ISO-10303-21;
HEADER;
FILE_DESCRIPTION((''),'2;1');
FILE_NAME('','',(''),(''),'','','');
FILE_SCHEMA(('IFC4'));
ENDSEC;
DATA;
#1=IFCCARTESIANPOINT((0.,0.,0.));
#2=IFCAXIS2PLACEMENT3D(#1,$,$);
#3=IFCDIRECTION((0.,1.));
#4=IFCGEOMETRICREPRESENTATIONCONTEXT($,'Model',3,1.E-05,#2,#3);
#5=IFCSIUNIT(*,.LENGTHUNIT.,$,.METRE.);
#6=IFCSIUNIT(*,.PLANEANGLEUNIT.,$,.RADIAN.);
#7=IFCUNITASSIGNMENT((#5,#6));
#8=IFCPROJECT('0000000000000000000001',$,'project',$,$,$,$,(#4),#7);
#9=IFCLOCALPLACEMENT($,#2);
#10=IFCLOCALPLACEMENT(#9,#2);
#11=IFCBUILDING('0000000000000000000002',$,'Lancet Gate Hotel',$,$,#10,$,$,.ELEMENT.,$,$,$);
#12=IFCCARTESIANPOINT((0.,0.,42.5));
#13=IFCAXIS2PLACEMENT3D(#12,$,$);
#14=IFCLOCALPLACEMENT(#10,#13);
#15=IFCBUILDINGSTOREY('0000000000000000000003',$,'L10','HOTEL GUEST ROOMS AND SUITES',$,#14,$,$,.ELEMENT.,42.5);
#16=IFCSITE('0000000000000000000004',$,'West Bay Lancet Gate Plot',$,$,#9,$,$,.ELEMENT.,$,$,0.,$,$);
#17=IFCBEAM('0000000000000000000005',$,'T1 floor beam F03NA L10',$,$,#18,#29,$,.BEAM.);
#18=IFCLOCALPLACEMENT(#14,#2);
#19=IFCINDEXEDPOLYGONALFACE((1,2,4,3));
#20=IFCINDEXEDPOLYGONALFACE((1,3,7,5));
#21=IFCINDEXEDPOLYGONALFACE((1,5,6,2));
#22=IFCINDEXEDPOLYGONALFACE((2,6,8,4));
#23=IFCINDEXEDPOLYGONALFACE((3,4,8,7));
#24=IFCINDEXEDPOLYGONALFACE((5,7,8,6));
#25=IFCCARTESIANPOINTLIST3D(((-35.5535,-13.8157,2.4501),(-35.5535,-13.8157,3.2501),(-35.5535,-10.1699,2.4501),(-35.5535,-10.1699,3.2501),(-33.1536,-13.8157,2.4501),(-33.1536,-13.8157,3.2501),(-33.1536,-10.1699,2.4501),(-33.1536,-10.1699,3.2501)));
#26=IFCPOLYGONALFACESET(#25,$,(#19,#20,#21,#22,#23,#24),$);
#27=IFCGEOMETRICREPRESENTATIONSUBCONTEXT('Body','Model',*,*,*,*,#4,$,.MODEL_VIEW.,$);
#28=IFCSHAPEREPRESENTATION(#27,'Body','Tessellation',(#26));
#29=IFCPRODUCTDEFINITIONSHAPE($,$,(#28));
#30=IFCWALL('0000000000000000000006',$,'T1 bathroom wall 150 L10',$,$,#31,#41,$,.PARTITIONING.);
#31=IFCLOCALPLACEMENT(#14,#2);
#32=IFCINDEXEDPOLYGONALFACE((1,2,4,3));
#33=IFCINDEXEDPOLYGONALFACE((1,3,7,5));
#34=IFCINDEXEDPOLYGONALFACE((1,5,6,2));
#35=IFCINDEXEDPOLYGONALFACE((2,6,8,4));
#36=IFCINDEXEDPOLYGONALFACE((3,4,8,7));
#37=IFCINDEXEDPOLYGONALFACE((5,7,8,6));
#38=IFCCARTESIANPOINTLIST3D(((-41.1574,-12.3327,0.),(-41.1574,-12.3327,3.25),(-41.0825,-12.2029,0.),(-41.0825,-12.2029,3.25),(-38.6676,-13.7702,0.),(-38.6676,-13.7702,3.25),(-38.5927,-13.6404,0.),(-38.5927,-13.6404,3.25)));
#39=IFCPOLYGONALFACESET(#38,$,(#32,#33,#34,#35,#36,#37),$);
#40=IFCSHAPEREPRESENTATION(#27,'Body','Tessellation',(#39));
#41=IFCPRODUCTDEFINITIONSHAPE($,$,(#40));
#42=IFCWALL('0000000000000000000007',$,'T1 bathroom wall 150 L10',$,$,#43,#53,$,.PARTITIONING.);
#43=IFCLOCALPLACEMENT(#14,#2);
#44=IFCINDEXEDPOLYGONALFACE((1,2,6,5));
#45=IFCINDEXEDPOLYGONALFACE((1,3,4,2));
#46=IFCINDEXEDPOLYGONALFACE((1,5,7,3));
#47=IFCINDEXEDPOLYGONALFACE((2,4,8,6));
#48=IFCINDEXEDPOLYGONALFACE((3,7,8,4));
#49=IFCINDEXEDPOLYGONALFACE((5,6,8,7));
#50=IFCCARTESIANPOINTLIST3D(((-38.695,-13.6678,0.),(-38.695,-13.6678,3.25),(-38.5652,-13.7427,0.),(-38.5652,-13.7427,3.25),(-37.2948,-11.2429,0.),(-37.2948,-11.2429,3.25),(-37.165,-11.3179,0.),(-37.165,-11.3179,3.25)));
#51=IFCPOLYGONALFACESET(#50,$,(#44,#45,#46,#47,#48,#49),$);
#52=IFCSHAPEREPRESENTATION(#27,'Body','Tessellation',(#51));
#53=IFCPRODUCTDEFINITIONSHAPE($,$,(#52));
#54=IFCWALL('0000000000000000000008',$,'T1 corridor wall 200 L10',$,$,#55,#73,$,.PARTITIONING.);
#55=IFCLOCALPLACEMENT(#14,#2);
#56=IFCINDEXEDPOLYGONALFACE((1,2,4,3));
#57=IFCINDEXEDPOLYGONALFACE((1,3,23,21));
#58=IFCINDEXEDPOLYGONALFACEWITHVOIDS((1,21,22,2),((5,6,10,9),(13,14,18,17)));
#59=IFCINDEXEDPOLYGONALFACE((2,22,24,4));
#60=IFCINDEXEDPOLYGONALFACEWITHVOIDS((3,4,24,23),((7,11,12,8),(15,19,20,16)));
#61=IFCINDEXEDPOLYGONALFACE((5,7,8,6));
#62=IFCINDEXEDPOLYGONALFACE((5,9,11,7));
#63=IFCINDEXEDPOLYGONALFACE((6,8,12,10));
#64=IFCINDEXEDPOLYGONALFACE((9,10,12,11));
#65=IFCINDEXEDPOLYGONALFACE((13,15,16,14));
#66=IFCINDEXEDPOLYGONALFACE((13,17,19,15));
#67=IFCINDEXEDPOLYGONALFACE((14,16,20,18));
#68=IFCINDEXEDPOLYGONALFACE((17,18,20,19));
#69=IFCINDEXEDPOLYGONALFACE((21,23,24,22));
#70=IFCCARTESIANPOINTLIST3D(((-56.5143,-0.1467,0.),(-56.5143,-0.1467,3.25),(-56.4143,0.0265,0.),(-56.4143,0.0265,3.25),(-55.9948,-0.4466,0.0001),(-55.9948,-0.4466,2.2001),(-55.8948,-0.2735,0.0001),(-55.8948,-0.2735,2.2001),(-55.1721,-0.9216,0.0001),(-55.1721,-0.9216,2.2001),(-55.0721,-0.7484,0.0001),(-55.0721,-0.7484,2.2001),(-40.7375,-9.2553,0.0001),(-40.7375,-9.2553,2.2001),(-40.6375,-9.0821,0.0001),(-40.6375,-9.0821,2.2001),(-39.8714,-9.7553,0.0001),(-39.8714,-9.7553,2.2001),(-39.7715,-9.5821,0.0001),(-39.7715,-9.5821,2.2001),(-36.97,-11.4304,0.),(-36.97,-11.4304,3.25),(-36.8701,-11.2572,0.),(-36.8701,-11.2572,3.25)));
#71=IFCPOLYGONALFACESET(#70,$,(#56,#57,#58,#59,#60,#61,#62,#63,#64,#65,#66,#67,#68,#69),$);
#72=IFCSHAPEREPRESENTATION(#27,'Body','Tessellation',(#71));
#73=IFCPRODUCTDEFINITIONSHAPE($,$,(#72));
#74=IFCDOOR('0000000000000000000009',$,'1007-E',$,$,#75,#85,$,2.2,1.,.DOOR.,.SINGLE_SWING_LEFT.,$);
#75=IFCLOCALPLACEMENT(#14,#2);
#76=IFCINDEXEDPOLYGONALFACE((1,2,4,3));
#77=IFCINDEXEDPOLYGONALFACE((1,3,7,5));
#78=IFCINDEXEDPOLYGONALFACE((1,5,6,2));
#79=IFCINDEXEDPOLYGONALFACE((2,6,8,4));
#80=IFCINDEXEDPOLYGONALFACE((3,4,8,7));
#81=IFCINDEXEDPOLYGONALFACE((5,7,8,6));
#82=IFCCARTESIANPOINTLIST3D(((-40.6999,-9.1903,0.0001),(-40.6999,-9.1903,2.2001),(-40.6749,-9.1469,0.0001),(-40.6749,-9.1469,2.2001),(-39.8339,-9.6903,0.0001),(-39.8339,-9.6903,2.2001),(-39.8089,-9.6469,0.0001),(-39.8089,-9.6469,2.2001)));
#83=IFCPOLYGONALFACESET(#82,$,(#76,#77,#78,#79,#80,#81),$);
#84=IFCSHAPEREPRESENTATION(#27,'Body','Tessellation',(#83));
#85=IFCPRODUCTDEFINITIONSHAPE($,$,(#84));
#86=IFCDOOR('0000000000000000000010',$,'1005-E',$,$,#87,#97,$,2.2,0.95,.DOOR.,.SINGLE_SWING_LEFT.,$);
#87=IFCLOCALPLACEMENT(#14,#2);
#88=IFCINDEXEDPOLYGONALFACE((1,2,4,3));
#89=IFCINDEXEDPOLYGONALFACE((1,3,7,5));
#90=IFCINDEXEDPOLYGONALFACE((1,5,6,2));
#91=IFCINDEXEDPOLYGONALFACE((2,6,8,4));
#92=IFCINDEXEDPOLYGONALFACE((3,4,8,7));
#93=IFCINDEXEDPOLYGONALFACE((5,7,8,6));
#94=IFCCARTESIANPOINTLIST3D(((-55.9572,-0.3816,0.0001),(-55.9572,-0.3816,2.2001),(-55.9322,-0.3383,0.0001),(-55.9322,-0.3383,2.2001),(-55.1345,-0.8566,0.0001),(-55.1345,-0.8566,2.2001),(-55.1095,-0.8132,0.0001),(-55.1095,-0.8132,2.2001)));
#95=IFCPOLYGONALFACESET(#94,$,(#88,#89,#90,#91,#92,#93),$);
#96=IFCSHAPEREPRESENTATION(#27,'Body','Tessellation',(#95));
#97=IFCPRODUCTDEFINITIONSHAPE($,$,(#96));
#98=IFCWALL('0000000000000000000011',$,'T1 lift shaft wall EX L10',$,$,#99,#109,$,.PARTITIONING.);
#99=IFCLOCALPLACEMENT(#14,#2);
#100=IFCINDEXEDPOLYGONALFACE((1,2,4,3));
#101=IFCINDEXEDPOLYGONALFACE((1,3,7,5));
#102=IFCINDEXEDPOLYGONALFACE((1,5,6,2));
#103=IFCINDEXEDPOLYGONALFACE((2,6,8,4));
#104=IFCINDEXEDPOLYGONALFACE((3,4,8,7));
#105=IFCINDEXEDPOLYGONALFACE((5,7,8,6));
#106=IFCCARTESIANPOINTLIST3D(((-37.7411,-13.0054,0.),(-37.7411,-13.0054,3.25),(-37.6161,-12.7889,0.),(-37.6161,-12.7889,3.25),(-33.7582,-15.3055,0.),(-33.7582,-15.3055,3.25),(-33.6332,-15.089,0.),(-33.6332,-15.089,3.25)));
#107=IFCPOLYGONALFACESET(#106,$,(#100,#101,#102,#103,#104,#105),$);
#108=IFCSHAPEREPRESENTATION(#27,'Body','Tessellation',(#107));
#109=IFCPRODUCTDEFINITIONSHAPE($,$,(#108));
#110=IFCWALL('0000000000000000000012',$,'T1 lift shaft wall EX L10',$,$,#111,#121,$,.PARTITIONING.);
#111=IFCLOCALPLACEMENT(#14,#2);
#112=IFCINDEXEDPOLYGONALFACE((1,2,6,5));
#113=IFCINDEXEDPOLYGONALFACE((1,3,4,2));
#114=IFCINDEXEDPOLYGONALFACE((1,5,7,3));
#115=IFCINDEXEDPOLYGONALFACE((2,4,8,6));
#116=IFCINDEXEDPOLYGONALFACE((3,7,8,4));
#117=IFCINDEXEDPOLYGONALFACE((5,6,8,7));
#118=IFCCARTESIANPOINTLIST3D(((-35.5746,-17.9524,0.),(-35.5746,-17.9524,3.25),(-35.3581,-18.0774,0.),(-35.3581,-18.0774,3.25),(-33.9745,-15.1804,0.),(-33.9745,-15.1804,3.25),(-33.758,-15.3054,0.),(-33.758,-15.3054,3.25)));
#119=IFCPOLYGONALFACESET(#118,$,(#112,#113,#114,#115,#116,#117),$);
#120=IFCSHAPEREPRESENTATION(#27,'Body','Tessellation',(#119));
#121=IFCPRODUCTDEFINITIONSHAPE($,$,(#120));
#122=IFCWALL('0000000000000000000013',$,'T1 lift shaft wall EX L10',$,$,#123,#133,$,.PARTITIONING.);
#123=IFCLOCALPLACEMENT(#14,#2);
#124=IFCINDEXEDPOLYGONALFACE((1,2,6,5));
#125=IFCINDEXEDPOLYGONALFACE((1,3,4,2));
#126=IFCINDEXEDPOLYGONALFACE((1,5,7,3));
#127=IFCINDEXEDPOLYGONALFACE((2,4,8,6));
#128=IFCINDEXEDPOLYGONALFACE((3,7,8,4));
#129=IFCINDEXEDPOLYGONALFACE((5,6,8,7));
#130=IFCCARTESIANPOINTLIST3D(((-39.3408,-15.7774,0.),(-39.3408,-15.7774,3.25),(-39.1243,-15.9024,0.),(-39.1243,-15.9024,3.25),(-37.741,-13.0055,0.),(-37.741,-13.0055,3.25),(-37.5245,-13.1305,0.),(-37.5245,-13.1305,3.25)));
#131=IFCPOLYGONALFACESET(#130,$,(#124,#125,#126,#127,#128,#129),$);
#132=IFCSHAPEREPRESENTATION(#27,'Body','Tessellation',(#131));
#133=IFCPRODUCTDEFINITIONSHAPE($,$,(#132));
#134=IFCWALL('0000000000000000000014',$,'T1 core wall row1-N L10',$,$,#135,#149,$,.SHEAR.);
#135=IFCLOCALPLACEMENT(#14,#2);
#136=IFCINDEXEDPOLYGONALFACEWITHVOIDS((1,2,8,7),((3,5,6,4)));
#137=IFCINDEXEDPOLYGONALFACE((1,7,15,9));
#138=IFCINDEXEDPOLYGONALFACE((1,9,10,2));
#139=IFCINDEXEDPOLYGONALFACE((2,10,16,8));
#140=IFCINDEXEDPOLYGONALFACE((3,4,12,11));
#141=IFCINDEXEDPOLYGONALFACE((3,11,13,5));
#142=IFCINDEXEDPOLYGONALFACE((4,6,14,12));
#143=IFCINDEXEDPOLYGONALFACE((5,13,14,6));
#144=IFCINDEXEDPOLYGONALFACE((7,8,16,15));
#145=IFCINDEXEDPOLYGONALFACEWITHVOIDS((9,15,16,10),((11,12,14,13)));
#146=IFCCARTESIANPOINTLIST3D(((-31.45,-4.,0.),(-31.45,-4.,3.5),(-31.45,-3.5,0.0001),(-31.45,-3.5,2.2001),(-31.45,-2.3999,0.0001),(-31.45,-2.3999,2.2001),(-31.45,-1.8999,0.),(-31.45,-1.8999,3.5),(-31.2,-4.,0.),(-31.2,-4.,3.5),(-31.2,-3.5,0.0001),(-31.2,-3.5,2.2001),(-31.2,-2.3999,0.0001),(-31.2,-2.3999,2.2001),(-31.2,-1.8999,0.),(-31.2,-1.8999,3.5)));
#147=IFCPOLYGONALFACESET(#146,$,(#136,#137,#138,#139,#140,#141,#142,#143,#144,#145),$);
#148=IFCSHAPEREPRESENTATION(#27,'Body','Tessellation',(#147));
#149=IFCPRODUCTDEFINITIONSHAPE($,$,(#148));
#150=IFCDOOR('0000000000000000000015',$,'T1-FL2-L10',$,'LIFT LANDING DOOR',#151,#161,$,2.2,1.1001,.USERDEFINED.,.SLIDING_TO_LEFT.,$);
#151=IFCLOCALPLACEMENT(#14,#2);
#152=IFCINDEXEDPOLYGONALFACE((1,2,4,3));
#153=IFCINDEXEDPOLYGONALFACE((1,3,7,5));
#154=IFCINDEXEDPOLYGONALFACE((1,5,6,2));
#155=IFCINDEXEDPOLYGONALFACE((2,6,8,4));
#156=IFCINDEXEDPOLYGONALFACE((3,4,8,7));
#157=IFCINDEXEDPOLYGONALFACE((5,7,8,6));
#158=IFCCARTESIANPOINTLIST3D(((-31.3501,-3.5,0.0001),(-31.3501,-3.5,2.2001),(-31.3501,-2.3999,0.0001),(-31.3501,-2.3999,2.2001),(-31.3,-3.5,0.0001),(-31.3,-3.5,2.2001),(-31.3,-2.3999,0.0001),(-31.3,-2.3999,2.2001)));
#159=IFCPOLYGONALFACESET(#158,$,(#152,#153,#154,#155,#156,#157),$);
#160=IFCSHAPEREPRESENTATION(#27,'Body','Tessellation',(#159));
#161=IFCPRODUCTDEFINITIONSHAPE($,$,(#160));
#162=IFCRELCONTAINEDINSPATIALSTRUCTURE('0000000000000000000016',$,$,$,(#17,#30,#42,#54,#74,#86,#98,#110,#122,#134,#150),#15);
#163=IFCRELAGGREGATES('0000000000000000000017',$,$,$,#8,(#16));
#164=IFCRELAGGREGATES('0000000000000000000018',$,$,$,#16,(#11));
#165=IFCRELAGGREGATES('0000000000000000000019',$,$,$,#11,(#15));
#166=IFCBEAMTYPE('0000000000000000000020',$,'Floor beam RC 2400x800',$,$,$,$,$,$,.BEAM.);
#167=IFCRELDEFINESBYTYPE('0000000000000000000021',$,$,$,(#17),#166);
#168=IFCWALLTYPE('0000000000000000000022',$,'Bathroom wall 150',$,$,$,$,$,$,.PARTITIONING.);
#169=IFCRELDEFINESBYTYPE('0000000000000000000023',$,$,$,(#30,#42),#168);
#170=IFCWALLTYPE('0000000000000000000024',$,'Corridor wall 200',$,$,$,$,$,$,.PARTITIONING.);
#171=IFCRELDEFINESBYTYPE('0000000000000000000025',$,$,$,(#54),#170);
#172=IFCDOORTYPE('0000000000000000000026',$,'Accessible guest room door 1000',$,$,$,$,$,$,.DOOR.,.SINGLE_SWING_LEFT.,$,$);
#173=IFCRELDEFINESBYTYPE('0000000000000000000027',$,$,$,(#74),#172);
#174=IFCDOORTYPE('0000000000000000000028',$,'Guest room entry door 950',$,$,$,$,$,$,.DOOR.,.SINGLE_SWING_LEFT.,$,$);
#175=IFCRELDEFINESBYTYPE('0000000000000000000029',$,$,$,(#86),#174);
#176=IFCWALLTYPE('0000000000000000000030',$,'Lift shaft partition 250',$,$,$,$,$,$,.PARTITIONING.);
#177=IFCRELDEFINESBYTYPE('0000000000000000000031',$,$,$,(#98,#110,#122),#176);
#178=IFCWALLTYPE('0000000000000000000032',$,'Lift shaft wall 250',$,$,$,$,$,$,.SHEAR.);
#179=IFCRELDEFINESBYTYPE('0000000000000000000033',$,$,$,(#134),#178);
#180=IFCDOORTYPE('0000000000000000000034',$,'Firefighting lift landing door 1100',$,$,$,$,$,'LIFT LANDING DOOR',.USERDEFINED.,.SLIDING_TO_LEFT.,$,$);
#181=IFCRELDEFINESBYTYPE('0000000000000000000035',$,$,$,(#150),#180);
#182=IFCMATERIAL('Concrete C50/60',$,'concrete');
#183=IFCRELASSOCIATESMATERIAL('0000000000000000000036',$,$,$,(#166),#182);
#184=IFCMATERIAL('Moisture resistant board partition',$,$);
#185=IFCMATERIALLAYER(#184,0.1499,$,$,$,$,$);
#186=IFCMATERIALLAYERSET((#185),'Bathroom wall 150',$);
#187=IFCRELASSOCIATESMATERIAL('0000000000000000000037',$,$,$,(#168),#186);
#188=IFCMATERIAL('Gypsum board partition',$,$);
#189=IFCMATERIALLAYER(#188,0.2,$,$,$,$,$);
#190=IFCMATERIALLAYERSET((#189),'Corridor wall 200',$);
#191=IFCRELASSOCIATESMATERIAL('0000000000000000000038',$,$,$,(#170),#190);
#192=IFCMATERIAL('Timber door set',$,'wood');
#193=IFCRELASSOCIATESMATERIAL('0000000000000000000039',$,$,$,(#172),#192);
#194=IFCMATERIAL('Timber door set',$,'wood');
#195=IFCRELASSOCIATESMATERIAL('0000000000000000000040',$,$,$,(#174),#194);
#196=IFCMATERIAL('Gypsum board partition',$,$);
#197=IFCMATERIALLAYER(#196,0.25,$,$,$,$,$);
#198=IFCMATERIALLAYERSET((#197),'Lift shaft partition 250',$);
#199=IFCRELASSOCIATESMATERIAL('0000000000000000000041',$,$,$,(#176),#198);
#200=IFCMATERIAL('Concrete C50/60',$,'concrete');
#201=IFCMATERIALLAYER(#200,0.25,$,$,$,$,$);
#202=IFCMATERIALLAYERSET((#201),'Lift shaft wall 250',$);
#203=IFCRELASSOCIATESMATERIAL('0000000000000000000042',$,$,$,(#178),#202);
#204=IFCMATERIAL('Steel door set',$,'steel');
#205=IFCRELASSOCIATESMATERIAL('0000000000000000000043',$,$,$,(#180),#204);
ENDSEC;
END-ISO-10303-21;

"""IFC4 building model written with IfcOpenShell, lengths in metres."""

from ifc_helpers import new_model, si_unit, direction, frame, frame_2d, origin, origin_2d, place, context, subcontext, project, spatial, rectangle, extrude, material, layer, layer_set, material_profile, profile_set, type_object, element, fill, save


model = new_model("IFC4")

# Units and contexts
model_context = context("Model", 3, precision=1e-05, world=origin(), true_north=direction((0.0, 1.0)))
body_context = subcontext(model_context, "Body", "Model", "MODEL_VIEW")
ifc_project = project(units=[si_unit("LENGTHUNIT", "METRE"), si_unit("PLANEANGLEUNIT", "RADIAN")], contexts=[model_context])

# Site, building, storey
site_placement = place(None, origin())
site = spatial("IfcSite", under=ifc_project, at=site_placement, Name="West Bay Lancet Gate Plot", CompositionType="ELEMENT", RefElevation=0.0)
building_placement = place(site_placement, origin())
building = spatial("IfcBuilding", under=site, at=building_placement, Name="Lancet Gate Hotel", CompositionType="ELEMENT")
storey_placement = place(building_placement, frame((0.0, 0.0, 42.5)))
storey = spatial("IfcBuildingStorey", under=building, at=storey_placement, Name="L10", Description="HOTEL GUEST ROOMS AND SUITES", CompositionType="ELEMENT", Elevation=42.5)

# Beam
ifc_material_1 = material(Name="Concrete C50/60", Category="concrete")
ifc_material_profile = material_profile(ifc_material_1, rectangle(XDim=2.3999, YDim=0.8, at=origin_2d()), Name="RC 2400x800")
ifc_profile_set = profile_set([ifc_material_profile], Name="Concrete C50/60")
beam_type = type_object("IfcBeamType", Name="Floor beam RC 2400x800", PredefinedType="BEAM", material=ifc_profile_set)
beam_placement = place(storey_placement, frame((-34.3535, -10.1699, 2.8501), z_axis=(0.0, -1.0, 0.0), x_axis=(1.0, 0.0, 0.0)))
element("IfcBeam", 1, at=beam_placement, inside=storey, type_object=beam_type, Name="T1 floor beam F03NA L10", PredefinedType="BEAM", context=body_context, shape_type="SweptSolid", body=[
    extrude(rectangle(XDim=2.3999, YDim=0.8, at=origin_2d()), origin(), (0.0, 0.0, 1.0), 3.6458),
])

# Walls
ifc_material_2 = material(Name="Moisture resistant board partition")
ifc_layer_1 = layer(ifc_material_2, 0.1499)
ifc_layer_set_1 = layer_set([ifc_layer_1], Name="Bathroom wall 150")
wall_type_1 = type_object("IfcWallType", Name="Bathroom wall 150", PredefinedType="PARTITIONING", material=ifc_layer_set_1)
wall_1_placement = place(storey_placement, frame((-38.6301, -13.7053, 0.0), z_axis=(0.0, 0.0, 1.0), x_axis=(-0.866019, 0.500012, 0.0)))
element("IfcWall", 2, at=wall_1_placement, inside=storey, type_object=wall_type_1, Name="T1 bathroom wall 150 L10", PredefinedType="PARTITIONING", context=body_context, shape_type="SweptSolid", body=[
    extrude(rectangle(XDim=2.875, YDim=0.1499, at=frame_2d((1.4375, 0.0))), origin(), (0.0, 0.0, 1.0), 3.25),
])
wall_2_placement = place(storey_placement, frame((-37.23, -11.2805, 0.0), z_axis=(0.0, 0.0, 1.0), x_axis=(-0.50005, -0.865997, 0.0)))
element("IfcWall", 3, at=wall_2_placement, inside=storey, type_object=wall_type_1, Name="T1 bathroom wall 150 L10", PredefinedType="PARTITIONING", context=body_context, shape_type="SweptSolid", body=[
    extrude(rectangle(XDim=2.8, YDim=0.1499, at=frame_2d((1.3999, 0.0))), origin(), (0.0, 0.0, 1.0), 3.25),
])

# Wall, openings, doors
ifc_material_3 = material(Name="Gypsum board partition")
ifc_layer_2 = layer(ifc_material_3, 0.2)
ifc_layer_set_2 = layer_set([ifc_layer_2], Name="Corridor wall 200")
wall_type_2 = type_object("IfcWallType", Name="Corridor wall 200", PredefinedType="PARTITIONING", material=ifc_layer_set_2)
wall_3_placement = place(storey_placement, frame((-36.9202, -11.3438, 0.0), z_axis=(0.0, 0.0, 1.0), x_axis=(-0.866028, 0.499995, 0.0)))
wall_3 = element("IfcWall", 4, at=wall_3_placement, inside=storey, type_object=wall_type_2, Name="T1 corridor wall 200 L10", PredefinedType="PARTITIONING", context=body_context, shape_type="SweptSolid", body=[
    extrude(rectangle(XDim=22.5676, YDim=0.2, at=frame_2d((11.2837, 0.0))), origin(), (0.0, 0.0, 1.0), 3.25),
])
opening_1_placement = place(wall_3_placement, frame((21.0176, 0.0, 0.0)))
opening_1 = element("IfcOpeningElement", 5, at=opening_1_placement, cuts=wall_3, PredefinedType="OPENING", context=body_context, shape_type="SweptSolid", body=[
    extrude(rectangle(XDim=0.95, YDim=2.2, at=frame_2d((0.4751, 1.1001))), frame((0.0, 0.1099, 0.0), z_axis=(0.0, -1.0, 0.0), x_axis=(1.0, 0.0, 0.0)), (0.0, 0.0, 1.0), 0.22),
])
opening_2_placement = place(wall_3_placement, frame((3.3501, 0.0, 0.0)))
opening_2 = element("IfcOpeningElement", 6, at=opening_2_placement, cuts=wall_3, PredefinedType="OPENING", context=body_context, shape_type="SweptSolid", body=[
    extrude(rectangle(XDim=1.0, YDim=2.2, at=frame_2d((0.5, 1.1001))), frame((0.0, 0.1099, 0.0), z_axis=(0.0, -1.0, 0.0), x_axis=(1.0, 0.0, 0.0)), (0.0, 0.0, 1.0), 0.22),
])
ifc_material_4 = material(Name="Timber door set", Category="wood")
door_type_1 = type_object("IfcDoorType", Name="Accessible guest room door 1000", OperationType="SINGLE_SWING_LEFT", PredefinedType="DOOR", material=ifc_material_4)
door_1_placement = place(opening_2_placement, origin())
door_1 = element("IfcDoor", 7, at=door_1_placement, inside=storey, type_object=door_type_1, Name="1007-E", OperationType="SINGLE_SWING_LEFT", OverallHeight=2.2, OverallWidth=1.0, PredefinedType="DOOR", context=body_context, shape_type="SweptSolid", body=[
    extrude(rectangle(XDim=1.0, YDim=2.2, at=frame_2d((0.5, 1.1001))), frame((0.0, 0.0249, 0.0), z_axis=(0.0, -1.0, 0.0), x_axis=(1.0, 0.0, 0.0)), (0.0, 0.0, 1.0), 0.05),
])
fill(opening_2, door_1)
ifc_material_5 = material(Name="Timber door set", Category="wood")
door_type_2 = type_object("IfcDoorType", Name="Guest room entry door 950", OperationType="SINGLE_SWING_LEFT", PredefinedType="DOOR", material=ifc_material_5)
door_2_placement = place(opening_1_placement, origin())
door_2 = element("IfcDoor", 8, at=door_2_placement, inside=storey, type_object=door_type_2, Name="1005-E", OperationType="SINGLE_SWING_LEFT", OverallHeight=2.2, OverallWidth=0.95, PredefinedType="DOOR", context=body_context, shape_type="SweptSolid", body=[
    extrude(rectangle(XDim=0.95, YDim=2.2, at=frame_2d((0.4751, 1.1001))), frame((0.0, 0.0249, 0.0), z_axis=(0.0, -1.0, 0.0), x_axis=(1.0, 0.0, 0.0)), (0.0, 0.0, 1.0), 0.05),
])
fill(opening_1, door_2)

# Walls
ifc_material_6 = material(Name="Gypsum board partition")
ifc_layer_3 = layer(ifc_material_6, 0.25)
ifc_layer_set_3 = layer_set([ifc_layer_3], Name="Lift shaft partition 250")
wall_type_3 = type_object("IfcWallType", Name="Lift shaft partition 250", PredefinedType="PARTITIONING", material=ifc_layer_set_3)
wall_4_placement = place(storey_placement, frame((-33.6956, -15.1973, 0.0), z_axis=(0.0, 0.0, 1.0), x_axis=(-0.865977, 0.500084, 0.0)))
element("IfcWall", 9, at=wall_4_placement, inside=storey, type_object=wall_type_3, Name="T1 lift shaft wall EX L10", PredefinedType="PARTITIONING", context=body_context, shape_type="SweptSolid", body=[
    extrude(rectangle(XDim=4.5994, YDim=0.25, at=frame_2d((2.2998, 0.0))), origin(), (0.0, 0.0, 1.0), 3.25),
])
wall_5_placement = place(storey_placement, frame((-33.8662, -15.2429, 0.0), z_axis=(0.0, 0.0, 1.0), x_axis=(-0.499929, -0.866066, 0.0)))
element("IfcWall", 10, at=wall_5_placement, inside=storey, type_object=wall_type_3, Name="T1 lift shaft wall EX L10", PredefinedType="PARTITIONING", context=body_context, shape_type="SweptSolid", body=[
    extrude(rectangle(XDim=3.2007, YDim=0.25, at=frame_2d((1.6003, 0.0))), origin(), (0.0, 0.0, 1.0), 3.25),
])
wall_6_placement = place(storey_placement, frame((-37.6328, -13.0681, 0.0), z_axis=(0.0, 0.0, 1.0), x_axis=(-0.499872, -0.866099, 0.0)))
element("IfcWall", 11, at=wall_6_placement, inside=storey, type_object=wall_type_3, Name="T1 lift shaft wall EX L10", PredefinedType="PARTITIONING", context=body_context, shape_type="SweptSolid", body=[
    extrude(rectangle(XDim=3.2004, YDim=0.25, at=frame_2d((1.6001, 0.0))), origin(), (0.0, 0.0, 1.0), 3.25),
])

# Wall, opening, door
ifc_material_7 = material(Name="Concrete C50/60", Category="concrete")
ifc_layer_4 = layer(ifc_material_7, 0.25)
ifc_layer_set_4 = layer_set([ifc_layer_4], Name="Lift shaft wall 250")
wall_type_4 = type_object("IfcWallType", Name="Lift shaft wall 250", PredefinedType="SHEAR", material=ifc_layer_set_4)
wall_7_placement = place(storey_placement, frame((-31.325, -1.8999, 0.0), z_axis=(0.0, 0.0, 1.0), x_axis=(0.0, -1.0, 0.0)))
wall_7 = element("IfcWall", 12, at=wall_7_placement, inside=storey, type_object=wall_type_4, Name="T1 core wall row1-N L10", PredefinedType="SHEAR", context=body_context, shape_type="SweptSolid", body=[
    extrude(rectangle(XDim=2.1001, YDim=0.25, at=frame_2d((1.05, 0.0))), origin(), (0.0, 0.0, 1.0), 3.5),
])
opening_3_placement = place(wall_7_placement, frame((0.5, 0.0, 0.0)))
opening_3 = element("IfcOpeningElement", 13, at=opening_3_placement, cuts=wall_7, PredefinedType="OPENING", context=body_context, shape_type="SweptSolid", body=[
    extrude(rectangle(XDim=1.1001, YDim=2.2, at=frame_2d((0.55, 1.1001))), frame((0.0, 0.135, 0.0), z_axis=(0.0, -1.0, 0.0), x_axis=(1.0, 0.0, 0.0)), (0.0, 0.0, 1.0), 0.27),
])
ifc_material_8 = material(Name="Steel door set", Category="steel")
door_type_3 = type_object("IfcDoorType", Name="Firefighting lift landing door 1100", ElementType="LIFT LANDING DOOR", OperationType="SLIDING_TO_LEFT", PredefinedType="USERDEFINED", material=ifc_material_8)
door_3_placement = place(opening_3_placement, origin())
door_3 = element("IfcDoor", 14, at=door_3_placement, inside=storey, type_object=door_type_3, Name="T1-FL2-L10", ObjectType="LIFT LANDING DOOR", OperationType="SLIDING_TO_LEFT", OverallHeight=2.2, OverallWidth=1.1001, PredefinedType="USERDEFINED", context=body_context, shape_type="SweptSolid", body=[
    extrude(rectangle(XDim=1.1001, YDim=2.2, at=frame_2d((0.55, 1.1001))), frame((0.0, 0.0249, 0.0), z_axis=(0.0, -1.0, 0.0), x_axis=(1.0, 0.0, 0.0)), (0.0, 0.0, 1.0), 0.05),
])
fill(opening_3, door_3)

save(model, "model.ifc")
